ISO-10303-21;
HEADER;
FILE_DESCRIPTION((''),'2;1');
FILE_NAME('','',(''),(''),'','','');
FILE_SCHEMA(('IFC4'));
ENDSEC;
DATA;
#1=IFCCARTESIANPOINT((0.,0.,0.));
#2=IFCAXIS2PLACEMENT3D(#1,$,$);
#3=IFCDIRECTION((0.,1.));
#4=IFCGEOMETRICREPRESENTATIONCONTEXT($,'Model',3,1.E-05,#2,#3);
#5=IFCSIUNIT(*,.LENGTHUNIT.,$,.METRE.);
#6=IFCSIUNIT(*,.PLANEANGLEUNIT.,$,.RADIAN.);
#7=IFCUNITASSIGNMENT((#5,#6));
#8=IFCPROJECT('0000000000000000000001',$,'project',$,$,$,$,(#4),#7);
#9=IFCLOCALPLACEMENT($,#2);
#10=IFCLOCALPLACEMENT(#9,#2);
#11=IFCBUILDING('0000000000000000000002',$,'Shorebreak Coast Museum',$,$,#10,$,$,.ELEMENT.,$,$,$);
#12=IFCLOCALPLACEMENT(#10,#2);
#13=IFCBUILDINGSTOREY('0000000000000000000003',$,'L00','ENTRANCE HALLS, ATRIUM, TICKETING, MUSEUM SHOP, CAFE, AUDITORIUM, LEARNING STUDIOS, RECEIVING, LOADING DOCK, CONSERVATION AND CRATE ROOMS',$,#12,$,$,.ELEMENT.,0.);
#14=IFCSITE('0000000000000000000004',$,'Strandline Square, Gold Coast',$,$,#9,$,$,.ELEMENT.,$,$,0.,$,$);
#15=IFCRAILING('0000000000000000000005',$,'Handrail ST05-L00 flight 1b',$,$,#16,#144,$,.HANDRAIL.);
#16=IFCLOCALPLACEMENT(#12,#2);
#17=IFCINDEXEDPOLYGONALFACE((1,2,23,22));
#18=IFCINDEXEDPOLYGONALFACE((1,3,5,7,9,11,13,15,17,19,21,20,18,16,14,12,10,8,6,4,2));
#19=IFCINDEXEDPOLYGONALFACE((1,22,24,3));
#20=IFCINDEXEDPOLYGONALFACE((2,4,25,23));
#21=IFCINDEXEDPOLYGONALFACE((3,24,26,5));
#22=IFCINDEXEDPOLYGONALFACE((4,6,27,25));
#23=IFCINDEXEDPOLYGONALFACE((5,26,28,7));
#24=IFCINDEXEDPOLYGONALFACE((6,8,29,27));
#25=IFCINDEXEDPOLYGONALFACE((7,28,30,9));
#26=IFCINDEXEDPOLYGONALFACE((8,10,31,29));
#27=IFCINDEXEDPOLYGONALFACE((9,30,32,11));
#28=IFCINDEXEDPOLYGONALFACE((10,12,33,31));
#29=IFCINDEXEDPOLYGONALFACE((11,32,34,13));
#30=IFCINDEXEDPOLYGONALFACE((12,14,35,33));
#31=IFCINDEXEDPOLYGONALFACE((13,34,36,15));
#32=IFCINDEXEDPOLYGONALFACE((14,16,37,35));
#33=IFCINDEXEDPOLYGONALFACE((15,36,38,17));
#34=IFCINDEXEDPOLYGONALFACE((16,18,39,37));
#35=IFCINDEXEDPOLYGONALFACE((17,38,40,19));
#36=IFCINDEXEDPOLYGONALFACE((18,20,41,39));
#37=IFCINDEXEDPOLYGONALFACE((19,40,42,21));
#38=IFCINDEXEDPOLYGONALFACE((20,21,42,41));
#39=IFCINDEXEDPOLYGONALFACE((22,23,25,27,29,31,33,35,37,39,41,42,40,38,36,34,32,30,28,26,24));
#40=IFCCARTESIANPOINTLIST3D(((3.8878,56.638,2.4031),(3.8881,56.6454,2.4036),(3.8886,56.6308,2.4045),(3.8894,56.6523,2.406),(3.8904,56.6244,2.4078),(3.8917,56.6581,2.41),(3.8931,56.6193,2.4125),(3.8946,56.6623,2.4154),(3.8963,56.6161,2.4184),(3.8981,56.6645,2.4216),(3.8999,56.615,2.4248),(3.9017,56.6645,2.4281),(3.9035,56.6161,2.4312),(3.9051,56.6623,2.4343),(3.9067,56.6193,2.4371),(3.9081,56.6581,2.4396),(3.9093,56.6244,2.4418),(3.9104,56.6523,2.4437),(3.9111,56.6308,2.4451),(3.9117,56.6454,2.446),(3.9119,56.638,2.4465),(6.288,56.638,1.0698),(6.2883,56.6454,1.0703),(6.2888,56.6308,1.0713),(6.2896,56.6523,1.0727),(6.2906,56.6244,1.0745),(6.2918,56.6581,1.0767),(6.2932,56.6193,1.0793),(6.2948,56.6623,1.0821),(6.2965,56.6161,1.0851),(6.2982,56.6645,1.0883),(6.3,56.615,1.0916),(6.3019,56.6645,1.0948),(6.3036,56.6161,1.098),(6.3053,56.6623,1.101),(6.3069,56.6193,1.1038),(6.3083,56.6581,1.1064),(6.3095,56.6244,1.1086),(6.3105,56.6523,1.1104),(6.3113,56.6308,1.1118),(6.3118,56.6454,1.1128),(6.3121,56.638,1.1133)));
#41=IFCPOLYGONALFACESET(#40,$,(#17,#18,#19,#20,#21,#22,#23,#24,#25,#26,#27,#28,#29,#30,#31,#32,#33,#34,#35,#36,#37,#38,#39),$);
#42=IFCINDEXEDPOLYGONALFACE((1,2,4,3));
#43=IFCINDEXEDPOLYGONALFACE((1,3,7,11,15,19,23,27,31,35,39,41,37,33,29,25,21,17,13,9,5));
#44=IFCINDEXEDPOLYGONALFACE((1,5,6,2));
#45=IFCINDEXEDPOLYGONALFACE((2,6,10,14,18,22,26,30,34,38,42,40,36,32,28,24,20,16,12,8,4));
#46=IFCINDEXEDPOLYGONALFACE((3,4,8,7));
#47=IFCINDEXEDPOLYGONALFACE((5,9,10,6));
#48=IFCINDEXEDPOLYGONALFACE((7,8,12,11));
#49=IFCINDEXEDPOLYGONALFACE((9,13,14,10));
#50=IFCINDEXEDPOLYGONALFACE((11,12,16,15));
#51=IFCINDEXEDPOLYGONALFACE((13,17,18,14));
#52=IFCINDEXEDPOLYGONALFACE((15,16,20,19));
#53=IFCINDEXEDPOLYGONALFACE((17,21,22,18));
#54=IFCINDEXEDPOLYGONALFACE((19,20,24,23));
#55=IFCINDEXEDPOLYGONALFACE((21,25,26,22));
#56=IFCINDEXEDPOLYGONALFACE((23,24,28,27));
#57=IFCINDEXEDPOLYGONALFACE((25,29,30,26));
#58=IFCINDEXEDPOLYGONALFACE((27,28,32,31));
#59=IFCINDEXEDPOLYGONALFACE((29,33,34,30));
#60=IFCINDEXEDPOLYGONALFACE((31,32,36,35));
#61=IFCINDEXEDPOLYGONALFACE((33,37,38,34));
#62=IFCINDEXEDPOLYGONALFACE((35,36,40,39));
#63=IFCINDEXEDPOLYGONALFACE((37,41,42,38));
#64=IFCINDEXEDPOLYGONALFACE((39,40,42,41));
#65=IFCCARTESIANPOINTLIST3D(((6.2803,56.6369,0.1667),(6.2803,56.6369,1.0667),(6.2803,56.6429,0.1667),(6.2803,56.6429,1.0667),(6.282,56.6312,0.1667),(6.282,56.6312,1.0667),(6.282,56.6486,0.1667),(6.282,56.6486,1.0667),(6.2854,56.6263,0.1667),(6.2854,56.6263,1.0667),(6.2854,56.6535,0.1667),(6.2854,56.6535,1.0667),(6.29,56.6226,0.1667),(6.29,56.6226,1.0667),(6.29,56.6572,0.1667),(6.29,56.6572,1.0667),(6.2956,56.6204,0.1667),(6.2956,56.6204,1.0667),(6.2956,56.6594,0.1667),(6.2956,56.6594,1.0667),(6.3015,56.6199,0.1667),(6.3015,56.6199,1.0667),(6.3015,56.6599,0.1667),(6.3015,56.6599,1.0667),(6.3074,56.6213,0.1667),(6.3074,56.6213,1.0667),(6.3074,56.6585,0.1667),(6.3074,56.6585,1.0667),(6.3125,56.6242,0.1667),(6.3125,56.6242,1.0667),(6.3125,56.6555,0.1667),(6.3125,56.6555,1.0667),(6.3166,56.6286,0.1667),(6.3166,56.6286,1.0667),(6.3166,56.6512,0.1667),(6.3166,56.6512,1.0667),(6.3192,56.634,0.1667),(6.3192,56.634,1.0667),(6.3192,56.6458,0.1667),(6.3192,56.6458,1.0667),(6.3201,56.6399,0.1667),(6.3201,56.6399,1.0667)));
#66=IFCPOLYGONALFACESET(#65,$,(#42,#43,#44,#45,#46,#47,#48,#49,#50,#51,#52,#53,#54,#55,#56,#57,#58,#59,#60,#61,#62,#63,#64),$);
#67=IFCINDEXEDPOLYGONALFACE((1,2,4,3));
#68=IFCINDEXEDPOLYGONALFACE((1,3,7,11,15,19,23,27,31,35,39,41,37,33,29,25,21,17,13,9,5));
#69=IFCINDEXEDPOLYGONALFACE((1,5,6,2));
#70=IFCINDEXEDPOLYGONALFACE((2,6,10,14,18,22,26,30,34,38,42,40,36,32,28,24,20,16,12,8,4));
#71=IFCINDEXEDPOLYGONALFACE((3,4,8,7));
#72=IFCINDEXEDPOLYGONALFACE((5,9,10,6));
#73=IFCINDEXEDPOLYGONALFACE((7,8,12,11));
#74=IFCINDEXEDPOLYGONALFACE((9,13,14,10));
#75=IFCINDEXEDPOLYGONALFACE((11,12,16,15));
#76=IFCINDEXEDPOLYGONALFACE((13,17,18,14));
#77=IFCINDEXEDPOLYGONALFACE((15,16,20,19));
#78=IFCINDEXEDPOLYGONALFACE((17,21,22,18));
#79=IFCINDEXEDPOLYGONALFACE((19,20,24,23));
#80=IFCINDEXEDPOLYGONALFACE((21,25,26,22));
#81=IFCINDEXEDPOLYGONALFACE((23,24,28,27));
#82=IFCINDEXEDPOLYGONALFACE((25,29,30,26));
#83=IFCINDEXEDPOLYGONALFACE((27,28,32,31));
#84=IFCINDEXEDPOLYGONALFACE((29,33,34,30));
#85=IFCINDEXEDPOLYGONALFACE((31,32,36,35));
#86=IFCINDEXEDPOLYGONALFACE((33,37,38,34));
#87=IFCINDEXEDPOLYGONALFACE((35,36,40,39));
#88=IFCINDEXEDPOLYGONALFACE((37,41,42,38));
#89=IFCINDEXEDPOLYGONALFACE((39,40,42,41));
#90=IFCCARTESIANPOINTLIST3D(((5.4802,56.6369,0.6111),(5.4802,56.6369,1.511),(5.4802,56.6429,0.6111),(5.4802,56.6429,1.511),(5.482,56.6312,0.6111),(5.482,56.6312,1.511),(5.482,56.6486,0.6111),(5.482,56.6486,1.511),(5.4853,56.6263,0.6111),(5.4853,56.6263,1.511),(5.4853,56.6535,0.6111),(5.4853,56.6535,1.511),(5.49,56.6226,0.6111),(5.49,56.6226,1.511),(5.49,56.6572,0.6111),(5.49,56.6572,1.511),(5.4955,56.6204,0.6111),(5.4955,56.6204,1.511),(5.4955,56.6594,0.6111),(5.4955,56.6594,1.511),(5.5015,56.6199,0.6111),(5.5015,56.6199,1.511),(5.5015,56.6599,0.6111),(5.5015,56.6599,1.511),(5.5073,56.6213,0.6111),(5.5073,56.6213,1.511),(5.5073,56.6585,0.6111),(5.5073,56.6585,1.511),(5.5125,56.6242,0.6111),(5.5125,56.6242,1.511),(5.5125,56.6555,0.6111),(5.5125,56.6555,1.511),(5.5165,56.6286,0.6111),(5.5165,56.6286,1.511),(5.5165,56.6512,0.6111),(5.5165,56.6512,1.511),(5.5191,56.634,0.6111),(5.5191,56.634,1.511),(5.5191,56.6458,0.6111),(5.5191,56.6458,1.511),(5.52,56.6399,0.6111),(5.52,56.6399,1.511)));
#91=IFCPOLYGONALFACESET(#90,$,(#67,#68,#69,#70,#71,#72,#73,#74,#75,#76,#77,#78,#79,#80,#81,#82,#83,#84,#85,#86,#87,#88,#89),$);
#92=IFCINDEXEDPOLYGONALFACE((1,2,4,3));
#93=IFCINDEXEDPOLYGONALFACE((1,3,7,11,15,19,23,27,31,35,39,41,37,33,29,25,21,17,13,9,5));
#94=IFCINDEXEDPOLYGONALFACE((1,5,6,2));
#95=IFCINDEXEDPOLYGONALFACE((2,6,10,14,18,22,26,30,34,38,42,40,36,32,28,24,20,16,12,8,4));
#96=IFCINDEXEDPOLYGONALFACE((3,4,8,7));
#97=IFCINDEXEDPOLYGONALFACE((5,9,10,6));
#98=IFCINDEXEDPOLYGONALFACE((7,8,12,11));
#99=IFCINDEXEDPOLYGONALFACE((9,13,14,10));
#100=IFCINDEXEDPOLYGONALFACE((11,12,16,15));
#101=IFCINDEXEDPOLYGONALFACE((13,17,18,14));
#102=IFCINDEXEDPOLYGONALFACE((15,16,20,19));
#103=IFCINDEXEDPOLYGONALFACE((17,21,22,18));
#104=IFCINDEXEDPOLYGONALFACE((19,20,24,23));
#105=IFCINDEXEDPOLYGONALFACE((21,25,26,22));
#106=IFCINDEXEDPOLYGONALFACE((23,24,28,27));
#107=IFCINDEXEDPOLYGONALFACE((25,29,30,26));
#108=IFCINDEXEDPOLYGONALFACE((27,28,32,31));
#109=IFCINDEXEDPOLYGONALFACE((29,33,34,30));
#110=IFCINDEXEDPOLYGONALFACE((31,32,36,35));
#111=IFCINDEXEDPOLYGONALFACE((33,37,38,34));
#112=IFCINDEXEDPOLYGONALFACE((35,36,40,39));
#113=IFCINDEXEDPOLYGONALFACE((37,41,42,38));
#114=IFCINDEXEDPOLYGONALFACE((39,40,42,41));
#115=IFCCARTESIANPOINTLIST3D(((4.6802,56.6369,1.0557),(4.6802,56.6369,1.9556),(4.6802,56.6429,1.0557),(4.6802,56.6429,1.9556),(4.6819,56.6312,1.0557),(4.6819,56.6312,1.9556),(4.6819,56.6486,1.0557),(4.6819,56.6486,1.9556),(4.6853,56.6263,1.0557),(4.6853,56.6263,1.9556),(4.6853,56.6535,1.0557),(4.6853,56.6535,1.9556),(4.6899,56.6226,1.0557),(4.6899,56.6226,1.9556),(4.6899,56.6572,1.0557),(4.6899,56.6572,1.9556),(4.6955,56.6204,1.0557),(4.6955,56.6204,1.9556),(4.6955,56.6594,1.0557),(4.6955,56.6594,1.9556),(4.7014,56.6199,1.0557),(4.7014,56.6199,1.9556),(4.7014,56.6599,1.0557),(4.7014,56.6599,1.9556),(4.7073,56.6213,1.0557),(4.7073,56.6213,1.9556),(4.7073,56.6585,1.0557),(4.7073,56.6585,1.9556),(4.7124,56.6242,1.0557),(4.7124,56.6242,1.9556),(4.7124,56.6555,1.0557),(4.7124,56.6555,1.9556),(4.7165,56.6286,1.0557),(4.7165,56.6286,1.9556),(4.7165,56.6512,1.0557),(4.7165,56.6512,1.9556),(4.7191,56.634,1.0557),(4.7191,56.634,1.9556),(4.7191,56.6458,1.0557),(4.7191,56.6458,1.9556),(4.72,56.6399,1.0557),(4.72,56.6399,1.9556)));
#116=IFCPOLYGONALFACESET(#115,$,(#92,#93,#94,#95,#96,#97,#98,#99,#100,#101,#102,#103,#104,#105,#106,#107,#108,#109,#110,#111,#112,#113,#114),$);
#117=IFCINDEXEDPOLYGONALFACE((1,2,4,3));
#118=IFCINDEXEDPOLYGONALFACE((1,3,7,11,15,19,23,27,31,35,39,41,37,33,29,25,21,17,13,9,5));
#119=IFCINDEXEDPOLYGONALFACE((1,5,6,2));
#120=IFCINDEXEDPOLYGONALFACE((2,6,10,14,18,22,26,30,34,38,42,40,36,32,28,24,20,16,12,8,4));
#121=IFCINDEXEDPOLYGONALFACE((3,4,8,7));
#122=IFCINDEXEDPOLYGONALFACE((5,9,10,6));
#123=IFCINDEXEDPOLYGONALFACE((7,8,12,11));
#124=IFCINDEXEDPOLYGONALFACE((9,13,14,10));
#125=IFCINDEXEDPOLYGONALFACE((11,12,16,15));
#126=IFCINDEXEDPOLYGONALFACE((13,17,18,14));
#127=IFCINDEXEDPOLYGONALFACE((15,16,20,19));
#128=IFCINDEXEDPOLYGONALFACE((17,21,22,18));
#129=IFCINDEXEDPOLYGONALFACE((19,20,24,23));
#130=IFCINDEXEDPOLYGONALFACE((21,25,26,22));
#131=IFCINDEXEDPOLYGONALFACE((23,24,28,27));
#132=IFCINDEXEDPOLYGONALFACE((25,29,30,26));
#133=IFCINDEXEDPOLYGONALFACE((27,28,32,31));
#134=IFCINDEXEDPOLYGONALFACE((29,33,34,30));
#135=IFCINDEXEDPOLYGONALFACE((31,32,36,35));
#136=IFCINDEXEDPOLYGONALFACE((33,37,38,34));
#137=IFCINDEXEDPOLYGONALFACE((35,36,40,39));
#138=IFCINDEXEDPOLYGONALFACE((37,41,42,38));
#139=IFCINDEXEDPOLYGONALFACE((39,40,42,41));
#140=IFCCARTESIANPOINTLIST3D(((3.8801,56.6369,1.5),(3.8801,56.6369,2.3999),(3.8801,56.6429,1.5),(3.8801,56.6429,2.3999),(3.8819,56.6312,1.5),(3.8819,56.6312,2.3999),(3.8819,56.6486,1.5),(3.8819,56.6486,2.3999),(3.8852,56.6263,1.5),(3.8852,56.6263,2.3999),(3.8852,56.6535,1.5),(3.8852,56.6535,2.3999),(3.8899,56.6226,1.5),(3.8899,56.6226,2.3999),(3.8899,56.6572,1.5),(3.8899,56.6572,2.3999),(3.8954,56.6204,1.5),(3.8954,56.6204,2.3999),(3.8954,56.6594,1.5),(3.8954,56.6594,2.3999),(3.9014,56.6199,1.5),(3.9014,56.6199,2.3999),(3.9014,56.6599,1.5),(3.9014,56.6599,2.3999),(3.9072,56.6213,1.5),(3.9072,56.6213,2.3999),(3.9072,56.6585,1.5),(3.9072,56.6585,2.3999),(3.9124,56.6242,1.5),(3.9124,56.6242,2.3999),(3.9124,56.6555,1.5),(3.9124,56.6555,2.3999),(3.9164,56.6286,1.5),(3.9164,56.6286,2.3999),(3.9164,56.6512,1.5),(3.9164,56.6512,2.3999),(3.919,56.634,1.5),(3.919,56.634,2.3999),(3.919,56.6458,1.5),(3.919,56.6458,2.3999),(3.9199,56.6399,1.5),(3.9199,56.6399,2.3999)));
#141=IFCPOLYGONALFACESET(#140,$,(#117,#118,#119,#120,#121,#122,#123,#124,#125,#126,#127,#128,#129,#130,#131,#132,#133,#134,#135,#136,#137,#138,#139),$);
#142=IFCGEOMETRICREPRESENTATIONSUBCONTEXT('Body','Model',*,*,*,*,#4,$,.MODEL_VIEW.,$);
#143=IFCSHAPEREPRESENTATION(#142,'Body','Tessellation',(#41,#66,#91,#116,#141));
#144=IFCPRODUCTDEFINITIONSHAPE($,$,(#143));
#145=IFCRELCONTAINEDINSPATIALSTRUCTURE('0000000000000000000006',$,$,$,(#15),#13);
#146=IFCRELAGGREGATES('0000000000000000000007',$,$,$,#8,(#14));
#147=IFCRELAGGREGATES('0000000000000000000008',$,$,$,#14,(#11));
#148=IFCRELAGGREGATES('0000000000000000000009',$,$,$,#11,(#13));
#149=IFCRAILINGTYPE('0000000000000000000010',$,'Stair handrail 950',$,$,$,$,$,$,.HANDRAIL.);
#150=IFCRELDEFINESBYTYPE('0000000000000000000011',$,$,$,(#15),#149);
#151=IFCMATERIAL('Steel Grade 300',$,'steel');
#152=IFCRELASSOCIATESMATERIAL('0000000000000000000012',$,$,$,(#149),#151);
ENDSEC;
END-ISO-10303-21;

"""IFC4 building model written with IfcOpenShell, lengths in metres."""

from ifc_helpers import new_model, si_unit, direction, frame, origin, origin_2d, place, context, subcontext, project, spatial, circle, extrude, material, type_object, element, save


model = new_model("IFC4")

# Units and contexts
model_context = context("Model", 3, precision=1e-05, world=origin(), true_north=direction((0.0, 1.0)))
body_context = subcontext(model_context, "Body", "Model", "MODEL_VIEW")
ifc_project = project(units=[si_unit("LENGTHUNIT", "METRE"), si_unit("PLANEANGLEUNIT", "RADIAN")], contexts=[model_context])

# Site, building, storey
site_placement = place(None, origin())
site = spatial("IfcSite", under=ifc_project, at=site_placement, Name="Strandline Square, Gold Coast", CompositionType="ELEMENT", RefElevation=0.0)
building_placement = place(site_placement, origin())
building = spatial("IfcBuilding", under=site, at=building_placement, Name="Shorebreak Coast Museum", CompositionType="ELEMENT")
storey_placement = place(building_placement, origin())
storey = spatial("IfcBuildingStorey", under=building, at=storey_placement, Name="L00", Description="ENTRANCE HALLS, ATRIUM, TICKETING, MUSEUM SHOP, CAFE, AUDITORIUM, LEARNING STUDIOS, RECEIVING, LOADING DOCK, CONSERVATION AND CRATE ROOMS", CompositionType="ELEMENT", Elevation=0.0)

# Railing
ifc_material_1 = material(Name="Steel Grade 300", Category="steel")
railing_type_1 = type_object("IfcRailingType", Name="Stair handrail 950", PredefinedType="HANDRAIL", material=ifc_material_1)
for number, where, name in (
    (1, (6.3, 56.6399, 0.1667), "Handrail ST05-L00 flight 1b"),
):
    element("IfcRailing", number, at=place(storey_placement, frame(where)), inside=storey, type_object=railing_type_1, Name=name, PredefinedType="HANDRAIL", context=body_context, shape_type="SweptSolid", body=[
        extrude(circle(Radius=0.0249, at=origin_2d()), frame((0.0, 0.0, 0.9248), z_axis=(-0.874182, 0.0, 0.485598), x_axis=(0.0, -1.0, 0.0)), (0.0, 0.0, 1.0), 2.7456),
        extrude(circle(Radius=0.02, at=origin_2d()), origin(), (0.0, 0.0, 1.0), 0.8999),
        extrude(circle(Radius=0.02, at=origin_2d()), frame((-0.8, 0.0, 0.4443)), (0.0, 0.0, 1.0), 0.8999),
        extrude(circle(Radius=0.02, at=origin_2d()), frame((-1.6001, 0.0, 0.8889)), (0.0, 0.0, 1.0), 0.8999),
        extrude(circle(Radius=0.02, at=origin_2d()), frame((-2.4001, 0.0, 1.3333)), (0.0, 0.0, 1.0), 0.8999),
    ])

save(model, "model.ifc")
